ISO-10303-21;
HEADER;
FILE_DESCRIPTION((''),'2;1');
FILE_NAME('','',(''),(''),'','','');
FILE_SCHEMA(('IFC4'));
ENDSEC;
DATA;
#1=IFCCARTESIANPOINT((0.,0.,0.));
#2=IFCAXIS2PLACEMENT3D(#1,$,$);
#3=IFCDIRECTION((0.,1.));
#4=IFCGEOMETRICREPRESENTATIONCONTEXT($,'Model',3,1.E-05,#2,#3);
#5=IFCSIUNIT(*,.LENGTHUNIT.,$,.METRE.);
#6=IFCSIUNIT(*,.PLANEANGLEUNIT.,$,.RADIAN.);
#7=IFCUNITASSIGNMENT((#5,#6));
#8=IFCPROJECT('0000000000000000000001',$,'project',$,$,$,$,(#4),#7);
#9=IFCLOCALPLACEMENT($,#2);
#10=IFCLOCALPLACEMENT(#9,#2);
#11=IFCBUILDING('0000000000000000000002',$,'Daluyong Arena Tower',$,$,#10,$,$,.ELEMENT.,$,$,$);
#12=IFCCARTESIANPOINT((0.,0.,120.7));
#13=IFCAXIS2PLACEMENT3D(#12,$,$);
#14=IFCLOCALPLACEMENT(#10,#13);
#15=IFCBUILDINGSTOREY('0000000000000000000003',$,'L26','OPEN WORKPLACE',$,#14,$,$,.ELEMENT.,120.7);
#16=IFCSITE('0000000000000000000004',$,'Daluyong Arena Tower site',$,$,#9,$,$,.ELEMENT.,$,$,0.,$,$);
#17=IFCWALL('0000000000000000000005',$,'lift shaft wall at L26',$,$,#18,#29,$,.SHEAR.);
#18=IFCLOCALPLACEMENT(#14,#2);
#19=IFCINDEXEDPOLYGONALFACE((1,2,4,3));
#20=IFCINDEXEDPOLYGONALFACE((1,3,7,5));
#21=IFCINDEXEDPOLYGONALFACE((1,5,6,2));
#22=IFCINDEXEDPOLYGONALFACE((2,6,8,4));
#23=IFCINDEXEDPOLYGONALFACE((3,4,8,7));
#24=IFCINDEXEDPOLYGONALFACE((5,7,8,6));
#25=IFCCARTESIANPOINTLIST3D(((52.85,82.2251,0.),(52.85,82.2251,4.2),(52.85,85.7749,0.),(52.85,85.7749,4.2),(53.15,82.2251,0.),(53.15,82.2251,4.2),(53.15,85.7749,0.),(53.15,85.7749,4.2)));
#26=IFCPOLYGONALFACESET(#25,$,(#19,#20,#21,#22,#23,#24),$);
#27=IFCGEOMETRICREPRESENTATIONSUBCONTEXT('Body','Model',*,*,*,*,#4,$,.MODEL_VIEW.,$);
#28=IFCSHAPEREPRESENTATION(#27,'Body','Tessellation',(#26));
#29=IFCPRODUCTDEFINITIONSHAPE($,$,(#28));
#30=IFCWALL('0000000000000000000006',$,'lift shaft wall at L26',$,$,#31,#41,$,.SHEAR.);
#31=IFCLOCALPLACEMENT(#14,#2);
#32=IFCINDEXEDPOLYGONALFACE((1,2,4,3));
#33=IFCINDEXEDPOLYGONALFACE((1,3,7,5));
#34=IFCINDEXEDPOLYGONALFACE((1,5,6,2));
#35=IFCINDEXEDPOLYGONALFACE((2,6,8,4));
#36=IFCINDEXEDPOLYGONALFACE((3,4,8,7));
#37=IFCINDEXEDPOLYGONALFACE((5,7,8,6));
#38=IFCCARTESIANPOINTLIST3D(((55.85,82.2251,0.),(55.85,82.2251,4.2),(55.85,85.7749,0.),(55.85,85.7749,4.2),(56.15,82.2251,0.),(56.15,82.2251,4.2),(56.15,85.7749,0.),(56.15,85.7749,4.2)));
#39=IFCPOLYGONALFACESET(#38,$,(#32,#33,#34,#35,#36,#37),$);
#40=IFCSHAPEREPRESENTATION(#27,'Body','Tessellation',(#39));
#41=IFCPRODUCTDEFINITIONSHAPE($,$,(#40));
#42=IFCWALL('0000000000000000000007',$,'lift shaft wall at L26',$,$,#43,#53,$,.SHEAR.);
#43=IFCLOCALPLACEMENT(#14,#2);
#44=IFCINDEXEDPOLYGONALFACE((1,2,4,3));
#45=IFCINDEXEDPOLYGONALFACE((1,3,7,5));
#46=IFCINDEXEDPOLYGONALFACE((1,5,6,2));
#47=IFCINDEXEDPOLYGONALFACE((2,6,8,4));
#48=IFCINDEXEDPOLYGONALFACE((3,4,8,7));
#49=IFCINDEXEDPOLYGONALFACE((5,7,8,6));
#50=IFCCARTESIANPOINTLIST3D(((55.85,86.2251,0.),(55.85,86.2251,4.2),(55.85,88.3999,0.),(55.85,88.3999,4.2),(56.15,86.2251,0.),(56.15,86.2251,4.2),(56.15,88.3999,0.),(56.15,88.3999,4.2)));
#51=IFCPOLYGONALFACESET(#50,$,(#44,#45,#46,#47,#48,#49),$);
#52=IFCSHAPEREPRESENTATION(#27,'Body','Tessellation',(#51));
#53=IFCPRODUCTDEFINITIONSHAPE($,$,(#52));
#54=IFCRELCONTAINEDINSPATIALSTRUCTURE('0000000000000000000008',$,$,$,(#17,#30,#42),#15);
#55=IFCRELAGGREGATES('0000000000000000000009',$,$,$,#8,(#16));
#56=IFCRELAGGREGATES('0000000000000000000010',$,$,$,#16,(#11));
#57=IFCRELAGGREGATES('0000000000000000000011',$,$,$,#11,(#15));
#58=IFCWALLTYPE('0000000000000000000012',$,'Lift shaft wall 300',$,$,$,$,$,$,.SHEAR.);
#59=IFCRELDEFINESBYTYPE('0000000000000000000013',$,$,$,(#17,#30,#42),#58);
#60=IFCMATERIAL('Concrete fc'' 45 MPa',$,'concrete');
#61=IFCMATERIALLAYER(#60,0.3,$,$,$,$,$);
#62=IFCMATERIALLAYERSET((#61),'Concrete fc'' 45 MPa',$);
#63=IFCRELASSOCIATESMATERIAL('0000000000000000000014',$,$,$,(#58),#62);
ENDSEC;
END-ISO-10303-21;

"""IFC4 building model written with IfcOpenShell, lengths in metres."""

from ifc_helpers import new_model, si_unit, direction, frame, frame_2d, origin, place, context, subcontext, project, spatial, rectangle, extrude, material, layer, layer_set, type_object, element, save


model = new_model("IFC4")

# Units and contexts
model_context = context("Model", 3, precision=1e-05, world=origin(), true_north=direction((0.0, 1.0)))
body_context = subcontext(model_context, "Body", "Model", "MODEL_VIEW")
ifc_project = project(units=[si_unit("LENGTHUNIT", "METRE"), si_unit("PLANEANGLEUNIT", "RADIAN")], contexts=[model_context])

# Site, building, storey
site_placement = place(None, origin())
site = spatial("IfcSite", under=ifc_project, at=site_placement, Name="Daluyong Arena Tower site", CompositionType="ELEMENT", RefElevation=0.0)
building_placement = place(site_placement, origin())
building = spatial("IfcBuilding", under=site, at=building_placement, Name="Daluyong Arena Tower", CompositionType="ELEMENT")
storey_placement = place(building_placement, frame((0.0, 0.0, 120.7)))
storey = spatial("IfcBuildingStorey", under=building, at=storey_placement, Name="L26", Description="OPEN WORKPLACE", CompositionType="ELEMENT", Elevation=120.7)

# Walls
ifc_material_1 = material(Name="Concrete fc' 45 MPa", Category="concrete")
ifc_layer_1 = layer(ifc_material_1, 0.3)
ifc_layer_set_1 = layer_set([ifc_layer_1], Name="Concrete fc' 45 MPa")
wall_type_1 = type_object("IfcWallType", Name="Lift shaft wall 300", PredefinedType="SHEAR", material=ifc_layer_set_1)
for number, where, z_axis, x_axis, name in (
    (1, (53.0, 82.2251, 0.0), (0.0, 0.0, 1.0), (0.0, 1.0, 0.0), "lift shaft wall at L26"),
    (2, (56.0, 82.2251, 0.0), (0.0, 0.0, 1.0), (0.0, 1.0, 0.0), "lift shaft wall at L26"),
):
    element("IfcWall", number, at=place(storey_placement, frame(where, z_axis=z_axis, x_axis=x_axis)), inside=storey, type_object=wall_type_1, Name=name, PredefinedType="SHEAR", context=body_context, shape_type="SweptSolid", body=[
        extrude(rectangle(XDim=3.5498, YDim=0.3, at=frame_2d((1.7749, 0.0))), origin(), (0.0, 0.0, 1.0), 4.2),
    ])
wall_1_placement = place(storey_placement, frame((56.0, 86.2251, 0.0), z_axis=(0.0, 0.0, 1.0), x_axis=(0.0, 1.0, 0.0)))
element("IfcWall", 3, at=wall_1_placement, inside=storey, type_object=wall_type_1, Name="lift shaft wall at L26", PredefinedType="SHEAR", context=body_context, shape_type="SweptSolid", body=[
    extrude(rectangle(XDim=2.1748, YDim=0.3, at=frame_2d((1.0874, 0.0))), origin(), (0.0, 0.0, 1.0), 4.2),
])

save(model, "model.ifc")
